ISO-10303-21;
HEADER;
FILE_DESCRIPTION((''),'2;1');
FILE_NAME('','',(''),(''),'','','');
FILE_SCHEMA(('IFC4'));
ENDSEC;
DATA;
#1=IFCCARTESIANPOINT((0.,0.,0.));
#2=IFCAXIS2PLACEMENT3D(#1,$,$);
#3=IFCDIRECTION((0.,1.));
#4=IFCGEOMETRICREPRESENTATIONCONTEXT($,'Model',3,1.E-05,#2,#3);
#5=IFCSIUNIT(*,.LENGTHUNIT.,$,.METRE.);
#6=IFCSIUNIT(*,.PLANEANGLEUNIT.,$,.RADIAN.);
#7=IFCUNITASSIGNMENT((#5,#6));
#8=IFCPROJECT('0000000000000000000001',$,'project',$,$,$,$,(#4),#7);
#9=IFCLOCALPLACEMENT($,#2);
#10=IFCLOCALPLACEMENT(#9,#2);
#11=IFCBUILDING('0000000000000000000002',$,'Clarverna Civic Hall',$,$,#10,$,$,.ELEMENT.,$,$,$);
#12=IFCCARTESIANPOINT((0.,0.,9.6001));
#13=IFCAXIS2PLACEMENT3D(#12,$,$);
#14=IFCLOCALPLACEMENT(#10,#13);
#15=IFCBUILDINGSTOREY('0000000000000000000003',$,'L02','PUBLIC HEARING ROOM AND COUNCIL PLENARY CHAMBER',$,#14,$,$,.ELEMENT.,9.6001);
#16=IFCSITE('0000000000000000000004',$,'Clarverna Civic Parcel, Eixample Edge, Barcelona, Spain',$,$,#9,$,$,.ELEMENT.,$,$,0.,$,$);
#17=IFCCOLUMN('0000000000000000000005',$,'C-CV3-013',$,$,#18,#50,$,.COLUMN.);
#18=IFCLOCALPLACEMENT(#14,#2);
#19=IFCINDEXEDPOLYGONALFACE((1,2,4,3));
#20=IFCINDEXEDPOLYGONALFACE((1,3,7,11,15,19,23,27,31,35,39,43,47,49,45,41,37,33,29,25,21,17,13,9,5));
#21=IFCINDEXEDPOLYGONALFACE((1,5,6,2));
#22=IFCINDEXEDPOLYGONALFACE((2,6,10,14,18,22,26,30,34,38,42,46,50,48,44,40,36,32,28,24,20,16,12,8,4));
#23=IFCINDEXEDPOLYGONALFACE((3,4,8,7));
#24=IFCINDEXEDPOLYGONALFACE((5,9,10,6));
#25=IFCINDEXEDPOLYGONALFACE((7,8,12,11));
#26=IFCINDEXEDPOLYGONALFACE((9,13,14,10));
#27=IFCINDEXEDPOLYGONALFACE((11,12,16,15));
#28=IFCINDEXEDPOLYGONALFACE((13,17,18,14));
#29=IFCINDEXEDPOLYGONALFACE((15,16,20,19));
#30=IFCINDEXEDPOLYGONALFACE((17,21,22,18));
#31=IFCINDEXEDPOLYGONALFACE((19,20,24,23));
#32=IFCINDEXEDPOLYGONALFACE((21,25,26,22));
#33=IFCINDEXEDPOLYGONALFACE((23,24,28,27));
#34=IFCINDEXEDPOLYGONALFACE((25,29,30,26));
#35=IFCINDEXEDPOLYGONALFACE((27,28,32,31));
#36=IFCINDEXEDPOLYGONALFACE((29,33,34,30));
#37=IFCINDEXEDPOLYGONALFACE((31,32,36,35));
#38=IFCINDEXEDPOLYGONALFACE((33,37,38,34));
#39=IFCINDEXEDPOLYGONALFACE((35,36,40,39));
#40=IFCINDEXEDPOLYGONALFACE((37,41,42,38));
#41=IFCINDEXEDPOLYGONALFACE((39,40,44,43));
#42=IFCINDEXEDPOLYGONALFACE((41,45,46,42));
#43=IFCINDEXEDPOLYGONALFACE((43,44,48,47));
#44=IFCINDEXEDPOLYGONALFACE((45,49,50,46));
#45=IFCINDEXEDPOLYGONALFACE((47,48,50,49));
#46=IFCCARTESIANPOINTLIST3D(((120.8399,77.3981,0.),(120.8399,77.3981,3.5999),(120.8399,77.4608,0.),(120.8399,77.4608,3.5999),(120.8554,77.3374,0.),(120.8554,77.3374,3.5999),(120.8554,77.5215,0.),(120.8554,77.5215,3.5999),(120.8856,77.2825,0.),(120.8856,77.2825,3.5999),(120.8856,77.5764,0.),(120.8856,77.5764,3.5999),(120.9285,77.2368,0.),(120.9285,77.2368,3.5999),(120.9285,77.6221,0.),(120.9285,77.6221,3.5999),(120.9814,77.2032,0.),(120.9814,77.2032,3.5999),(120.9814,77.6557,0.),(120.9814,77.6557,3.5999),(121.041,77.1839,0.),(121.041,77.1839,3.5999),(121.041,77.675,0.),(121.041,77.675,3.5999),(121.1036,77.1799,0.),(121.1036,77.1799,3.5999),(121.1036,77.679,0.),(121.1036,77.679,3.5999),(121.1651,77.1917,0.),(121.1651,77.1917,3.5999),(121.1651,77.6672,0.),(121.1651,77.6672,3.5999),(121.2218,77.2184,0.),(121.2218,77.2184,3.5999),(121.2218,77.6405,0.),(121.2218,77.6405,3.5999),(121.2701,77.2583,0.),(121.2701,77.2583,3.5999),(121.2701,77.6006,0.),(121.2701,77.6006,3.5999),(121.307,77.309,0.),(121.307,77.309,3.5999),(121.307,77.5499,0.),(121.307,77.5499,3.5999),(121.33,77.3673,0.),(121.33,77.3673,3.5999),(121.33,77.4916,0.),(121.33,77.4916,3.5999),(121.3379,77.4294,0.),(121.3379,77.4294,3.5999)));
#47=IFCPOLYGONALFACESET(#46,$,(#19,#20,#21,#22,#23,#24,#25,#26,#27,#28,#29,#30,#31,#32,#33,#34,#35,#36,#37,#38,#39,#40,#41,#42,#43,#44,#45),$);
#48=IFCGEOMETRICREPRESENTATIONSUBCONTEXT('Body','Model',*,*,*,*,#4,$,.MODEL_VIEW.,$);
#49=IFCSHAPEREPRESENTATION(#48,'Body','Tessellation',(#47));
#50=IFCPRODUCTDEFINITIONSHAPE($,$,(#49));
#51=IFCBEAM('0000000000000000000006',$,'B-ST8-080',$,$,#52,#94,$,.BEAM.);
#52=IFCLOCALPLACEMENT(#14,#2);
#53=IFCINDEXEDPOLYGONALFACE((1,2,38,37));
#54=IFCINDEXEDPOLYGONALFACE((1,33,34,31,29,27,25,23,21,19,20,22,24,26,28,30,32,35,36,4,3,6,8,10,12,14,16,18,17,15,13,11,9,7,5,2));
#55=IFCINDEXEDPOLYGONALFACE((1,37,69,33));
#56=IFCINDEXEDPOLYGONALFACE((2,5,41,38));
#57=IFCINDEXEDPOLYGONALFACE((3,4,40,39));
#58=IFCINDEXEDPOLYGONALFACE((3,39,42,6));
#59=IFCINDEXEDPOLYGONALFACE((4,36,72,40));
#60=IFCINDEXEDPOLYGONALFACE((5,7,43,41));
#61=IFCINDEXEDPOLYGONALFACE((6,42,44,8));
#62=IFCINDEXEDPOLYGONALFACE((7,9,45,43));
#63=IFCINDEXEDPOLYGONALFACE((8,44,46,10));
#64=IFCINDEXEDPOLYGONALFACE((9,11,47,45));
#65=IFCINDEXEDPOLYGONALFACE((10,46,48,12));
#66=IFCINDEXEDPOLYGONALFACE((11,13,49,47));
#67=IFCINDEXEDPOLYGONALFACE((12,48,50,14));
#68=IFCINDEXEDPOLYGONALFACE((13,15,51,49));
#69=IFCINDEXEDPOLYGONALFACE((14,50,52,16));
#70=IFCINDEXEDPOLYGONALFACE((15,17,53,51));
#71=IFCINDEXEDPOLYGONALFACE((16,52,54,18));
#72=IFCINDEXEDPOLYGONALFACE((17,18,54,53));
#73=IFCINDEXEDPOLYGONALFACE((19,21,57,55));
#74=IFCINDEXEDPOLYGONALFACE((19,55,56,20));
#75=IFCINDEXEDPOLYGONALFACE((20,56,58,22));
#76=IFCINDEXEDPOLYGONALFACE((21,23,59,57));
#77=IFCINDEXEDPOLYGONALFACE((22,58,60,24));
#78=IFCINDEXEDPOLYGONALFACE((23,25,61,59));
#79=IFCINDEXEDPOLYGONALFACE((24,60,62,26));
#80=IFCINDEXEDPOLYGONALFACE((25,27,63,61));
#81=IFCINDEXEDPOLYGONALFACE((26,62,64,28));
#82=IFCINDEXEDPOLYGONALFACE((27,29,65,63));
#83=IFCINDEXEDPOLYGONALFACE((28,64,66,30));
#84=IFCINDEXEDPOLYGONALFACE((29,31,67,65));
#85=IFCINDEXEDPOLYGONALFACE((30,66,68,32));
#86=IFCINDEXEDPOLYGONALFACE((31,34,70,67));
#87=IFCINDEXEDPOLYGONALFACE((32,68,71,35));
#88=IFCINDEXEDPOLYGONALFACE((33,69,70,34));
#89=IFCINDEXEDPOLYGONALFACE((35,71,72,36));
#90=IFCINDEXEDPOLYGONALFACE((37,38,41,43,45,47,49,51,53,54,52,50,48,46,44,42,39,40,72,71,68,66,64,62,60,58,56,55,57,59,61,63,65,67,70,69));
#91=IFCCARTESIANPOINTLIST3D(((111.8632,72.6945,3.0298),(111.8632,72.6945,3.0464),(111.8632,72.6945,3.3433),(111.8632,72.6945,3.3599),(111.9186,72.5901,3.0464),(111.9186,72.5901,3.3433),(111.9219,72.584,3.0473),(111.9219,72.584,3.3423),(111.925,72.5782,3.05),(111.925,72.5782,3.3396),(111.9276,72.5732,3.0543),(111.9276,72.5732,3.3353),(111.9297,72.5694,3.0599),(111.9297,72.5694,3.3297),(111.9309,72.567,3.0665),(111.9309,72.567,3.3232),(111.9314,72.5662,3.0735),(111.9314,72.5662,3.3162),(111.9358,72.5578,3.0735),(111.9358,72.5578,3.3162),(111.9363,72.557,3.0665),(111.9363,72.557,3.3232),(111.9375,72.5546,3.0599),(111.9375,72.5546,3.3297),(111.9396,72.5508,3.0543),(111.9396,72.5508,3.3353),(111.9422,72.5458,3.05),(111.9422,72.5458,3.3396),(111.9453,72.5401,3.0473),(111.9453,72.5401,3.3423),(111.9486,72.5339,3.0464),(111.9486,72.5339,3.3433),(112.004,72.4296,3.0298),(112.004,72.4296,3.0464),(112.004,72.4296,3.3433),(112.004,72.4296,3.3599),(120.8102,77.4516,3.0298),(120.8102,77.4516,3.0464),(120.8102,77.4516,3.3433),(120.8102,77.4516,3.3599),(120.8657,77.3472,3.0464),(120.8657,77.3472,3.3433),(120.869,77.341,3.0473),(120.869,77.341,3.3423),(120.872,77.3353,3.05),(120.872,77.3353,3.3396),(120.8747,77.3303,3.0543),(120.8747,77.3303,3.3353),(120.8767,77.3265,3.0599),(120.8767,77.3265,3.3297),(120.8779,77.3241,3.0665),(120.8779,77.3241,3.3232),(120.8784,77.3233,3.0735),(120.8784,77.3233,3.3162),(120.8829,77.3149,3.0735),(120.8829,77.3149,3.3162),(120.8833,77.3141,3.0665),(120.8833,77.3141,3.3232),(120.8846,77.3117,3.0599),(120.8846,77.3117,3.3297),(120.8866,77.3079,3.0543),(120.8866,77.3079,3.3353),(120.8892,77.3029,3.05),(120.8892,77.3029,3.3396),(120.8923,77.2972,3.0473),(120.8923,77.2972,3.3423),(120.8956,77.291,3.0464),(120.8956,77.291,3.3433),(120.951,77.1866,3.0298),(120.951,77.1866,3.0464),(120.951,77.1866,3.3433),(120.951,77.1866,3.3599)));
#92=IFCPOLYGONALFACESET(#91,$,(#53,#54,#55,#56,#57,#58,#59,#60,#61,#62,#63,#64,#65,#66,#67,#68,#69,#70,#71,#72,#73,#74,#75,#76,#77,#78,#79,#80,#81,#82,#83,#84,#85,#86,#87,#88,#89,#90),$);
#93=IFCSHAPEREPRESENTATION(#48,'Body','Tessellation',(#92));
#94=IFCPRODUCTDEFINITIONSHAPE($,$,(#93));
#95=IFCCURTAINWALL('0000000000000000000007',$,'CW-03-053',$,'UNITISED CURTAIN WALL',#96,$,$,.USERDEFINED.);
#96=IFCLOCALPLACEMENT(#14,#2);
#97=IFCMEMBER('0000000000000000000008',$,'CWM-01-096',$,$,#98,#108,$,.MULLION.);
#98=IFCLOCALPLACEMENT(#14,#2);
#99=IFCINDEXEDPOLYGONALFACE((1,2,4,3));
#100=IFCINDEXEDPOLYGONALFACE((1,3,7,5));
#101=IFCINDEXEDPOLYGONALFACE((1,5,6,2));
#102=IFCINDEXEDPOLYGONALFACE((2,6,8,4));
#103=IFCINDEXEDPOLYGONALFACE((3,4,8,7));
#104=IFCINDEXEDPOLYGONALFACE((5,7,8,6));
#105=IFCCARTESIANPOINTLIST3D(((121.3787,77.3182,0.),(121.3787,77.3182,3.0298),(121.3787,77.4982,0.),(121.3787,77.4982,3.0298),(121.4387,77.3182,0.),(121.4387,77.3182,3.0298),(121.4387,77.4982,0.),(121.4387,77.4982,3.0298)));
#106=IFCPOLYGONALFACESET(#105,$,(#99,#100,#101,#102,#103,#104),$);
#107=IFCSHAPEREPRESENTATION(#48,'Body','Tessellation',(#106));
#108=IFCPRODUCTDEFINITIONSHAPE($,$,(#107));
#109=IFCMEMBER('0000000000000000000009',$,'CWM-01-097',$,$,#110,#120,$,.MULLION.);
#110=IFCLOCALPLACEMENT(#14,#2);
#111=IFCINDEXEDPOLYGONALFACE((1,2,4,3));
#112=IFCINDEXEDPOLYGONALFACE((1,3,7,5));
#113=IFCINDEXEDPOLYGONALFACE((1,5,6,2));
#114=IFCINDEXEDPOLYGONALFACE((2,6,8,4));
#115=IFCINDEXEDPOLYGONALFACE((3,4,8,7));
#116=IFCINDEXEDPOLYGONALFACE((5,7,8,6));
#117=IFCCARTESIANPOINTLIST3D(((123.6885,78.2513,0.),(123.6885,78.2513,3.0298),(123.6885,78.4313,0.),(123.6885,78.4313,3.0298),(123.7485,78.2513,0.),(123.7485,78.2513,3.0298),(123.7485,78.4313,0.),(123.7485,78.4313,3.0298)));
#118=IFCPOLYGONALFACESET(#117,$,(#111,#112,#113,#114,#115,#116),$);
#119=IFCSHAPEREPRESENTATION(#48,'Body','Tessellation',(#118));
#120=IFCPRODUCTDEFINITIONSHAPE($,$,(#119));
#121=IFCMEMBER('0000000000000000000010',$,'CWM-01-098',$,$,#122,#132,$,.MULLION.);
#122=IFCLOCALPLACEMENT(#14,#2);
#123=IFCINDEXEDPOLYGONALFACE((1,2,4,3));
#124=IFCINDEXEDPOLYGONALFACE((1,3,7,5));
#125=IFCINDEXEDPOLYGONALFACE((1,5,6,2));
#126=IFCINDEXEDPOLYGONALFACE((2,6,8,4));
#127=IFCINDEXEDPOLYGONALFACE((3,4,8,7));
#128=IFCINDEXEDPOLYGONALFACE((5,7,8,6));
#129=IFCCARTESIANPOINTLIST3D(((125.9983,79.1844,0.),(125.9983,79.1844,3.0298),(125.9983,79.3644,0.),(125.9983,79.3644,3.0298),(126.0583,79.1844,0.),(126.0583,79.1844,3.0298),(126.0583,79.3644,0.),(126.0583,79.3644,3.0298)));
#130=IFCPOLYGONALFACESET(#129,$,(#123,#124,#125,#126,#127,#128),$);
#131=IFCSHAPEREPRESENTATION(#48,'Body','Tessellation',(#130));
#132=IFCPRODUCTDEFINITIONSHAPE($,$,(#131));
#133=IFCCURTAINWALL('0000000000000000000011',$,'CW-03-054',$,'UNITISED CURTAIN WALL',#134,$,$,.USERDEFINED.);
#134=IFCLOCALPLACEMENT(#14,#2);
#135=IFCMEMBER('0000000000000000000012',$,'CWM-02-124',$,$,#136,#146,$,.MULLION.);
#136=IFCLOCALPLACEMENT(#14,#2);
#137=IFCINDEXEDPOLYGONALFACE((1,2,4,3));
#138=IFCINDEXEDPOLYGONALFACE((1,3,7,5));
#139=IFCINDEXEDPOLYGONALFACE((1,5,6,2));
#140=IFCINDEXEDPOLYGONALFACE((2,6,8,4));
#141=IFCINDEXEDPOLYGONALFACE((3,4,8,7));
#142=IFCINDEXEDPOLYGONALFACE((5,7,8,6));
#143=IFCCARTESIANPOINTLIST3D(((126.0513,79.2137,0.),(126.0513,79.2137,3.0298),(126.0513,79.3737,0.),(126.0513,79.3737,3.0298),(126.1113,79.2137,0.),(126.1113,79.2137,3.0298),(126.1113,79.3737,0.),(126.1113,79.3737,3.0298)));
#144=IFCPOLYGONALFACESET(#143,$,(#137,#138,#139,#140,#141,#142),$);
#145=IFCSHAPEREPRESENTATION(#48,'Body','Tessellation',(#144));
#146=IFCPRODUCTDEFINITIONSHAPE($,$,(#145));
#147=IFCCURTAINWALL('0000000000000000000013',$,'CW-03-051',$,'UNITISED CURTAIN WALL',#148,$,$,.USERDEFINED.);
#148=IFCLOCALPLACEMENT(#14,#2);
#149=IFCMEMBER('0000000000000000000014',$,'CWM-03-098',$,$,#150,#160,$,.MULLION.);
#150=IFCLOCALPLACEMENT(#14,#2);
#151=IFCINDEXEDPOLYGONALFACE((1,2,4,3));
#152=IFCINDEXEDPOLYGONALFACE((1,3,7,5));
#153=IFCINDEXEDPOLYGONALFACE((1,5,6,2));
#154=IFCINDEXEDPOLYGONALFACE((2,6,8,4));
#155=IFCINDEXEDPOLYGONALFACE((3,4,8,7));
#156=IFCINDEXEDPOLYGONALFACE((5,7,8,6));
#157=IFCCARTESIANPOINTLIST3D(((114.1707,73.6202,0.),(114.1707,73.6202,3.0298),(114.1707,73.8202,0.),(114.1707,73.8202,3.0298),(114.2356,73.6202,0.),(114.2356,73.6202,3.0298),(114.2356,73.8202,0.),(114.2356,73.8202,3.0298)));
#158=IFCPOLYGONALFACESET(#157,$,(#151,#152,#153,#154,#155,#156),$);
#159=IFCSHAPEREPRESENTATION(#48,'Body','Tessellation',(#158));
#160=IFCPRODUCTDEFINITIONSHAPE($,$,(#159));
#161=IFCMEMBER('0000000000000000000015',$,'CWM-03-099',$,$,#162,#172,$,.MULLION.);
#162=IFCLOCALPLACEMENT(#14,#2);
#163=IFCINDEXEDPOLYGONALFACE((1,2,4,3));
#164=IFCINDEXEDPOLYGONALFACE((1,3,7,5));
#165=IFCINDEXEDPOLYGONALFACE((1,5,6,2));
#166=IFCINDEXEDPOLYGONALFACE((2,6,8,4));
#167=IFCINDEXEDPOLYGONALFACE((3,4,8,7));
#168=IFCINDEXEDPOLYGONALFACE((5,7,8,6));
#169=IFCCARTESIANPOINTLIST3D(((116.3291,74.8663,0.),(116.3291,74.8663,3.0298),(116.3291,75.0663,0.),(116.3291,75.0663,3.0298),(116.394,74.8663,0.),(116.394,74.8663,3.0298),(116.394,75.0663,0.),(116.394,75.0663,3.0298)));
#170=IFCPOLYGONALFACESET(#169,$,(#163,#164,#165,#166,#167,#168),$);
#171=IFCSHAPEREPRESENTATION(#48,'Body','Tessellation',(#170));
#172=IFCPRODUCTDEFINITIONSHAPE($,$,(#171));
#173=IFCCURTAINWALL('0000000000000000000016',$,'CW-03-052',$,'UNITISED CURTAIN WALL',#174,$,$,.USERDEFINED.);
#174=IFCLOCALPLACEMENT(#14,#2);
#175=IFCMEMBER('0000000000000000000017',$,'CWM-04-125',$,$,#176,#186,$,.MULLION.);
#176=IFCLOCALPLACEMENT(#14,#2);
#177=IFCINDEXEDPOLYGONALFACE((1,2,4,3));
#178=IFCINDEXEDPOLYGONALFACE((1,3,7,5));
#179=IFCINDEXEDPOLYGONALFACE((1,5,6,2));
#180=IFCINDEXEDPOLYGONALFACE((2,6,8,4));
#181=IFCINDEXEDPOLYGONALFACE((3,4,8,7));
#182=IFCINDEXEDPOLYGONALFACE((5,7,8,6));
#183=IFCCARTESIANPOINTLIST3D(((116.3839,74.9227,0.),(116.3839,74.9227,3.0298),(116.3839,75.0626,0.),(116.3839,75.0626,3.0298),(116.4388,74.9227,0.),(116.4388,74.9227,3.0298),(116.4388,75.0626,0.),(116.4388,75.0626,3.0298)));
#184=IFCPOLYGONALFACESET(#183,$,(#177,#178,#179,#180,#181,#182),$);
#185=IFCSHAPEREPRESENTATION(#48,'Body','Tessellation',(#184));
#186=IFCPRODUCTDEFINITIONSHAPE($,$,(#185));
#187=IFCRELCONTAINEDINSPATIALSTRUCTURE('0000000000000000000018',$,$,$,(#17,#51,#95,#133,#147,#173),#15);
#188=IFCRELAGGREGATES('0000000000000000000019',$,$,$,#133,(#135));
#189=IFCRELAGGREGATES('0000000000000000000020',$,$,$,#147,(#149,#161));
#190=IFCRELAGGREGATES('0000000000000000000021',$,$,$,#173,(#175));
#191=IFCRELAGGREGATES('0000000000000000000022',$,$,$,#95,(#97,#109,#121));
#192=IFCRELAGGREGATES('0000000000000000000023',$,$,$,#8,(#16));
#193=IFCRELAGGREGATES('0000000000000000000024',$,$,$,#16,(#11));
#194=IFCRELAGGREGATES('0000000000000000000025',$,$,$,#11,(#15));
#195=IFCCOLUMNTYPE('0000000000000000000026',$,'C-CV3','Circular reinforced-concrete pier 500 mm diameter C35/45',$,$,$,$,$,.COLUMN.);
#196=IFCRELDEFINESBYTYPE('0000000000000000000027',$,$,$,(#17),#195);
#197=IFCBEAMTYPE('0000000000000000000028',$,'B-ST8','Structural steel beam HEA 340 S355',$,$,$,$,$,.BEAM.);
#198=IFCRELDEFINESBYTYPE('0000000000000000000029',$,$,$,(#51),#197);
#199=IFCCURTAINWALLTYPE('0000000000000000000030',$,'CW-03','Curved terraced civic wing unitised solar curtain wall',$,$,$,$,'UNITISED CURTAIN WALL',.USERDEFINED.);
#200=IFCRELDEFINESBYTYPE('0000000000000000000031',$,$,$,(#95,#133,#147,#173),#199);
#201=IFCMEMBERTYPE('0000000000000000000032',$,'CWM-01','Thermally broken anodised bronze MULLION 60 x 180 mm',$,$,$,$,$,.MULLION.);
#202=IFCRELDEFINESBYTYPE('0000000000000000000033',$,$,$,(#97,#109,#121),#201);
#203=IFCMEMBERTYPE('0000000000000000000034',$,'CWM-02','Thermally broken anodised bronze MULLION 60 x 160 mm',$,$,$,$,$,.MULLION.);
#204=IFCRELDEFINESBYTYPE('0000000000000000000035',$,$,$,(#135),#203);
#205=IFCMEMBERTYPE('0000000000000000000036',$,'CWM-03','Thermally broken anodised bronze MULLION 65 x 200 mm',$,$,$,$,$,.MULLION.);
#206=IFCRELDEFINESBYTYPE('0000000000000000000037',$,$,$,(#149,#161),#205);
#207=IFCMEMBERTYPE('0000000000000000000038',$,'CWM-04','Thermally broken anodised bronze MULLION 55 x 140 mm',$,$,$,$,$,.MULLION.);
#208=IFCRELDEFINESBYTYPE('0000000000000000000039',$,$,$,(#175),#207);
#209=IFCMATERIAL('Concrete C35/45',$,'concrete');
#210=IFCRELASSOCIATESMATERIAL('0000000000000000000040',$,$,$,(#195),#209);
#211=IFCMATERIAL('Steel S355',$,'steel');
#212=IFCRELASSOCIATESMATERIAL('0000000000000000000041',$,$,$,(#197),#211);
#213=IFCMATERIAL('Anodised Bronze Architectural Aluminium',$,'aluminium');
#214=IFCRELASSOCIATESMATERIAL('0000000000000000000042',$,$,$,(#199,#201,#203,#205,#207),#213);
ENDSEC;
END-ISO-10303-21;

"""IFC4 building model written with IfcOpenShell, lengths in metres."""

from ifc_helpers import new_model, si_unit, direction, frame, origin, origin_2d, place, context, subcontext, project, spatial, rectangle, circle, i_section, extrude, material, material_profile, profile_set, type_object, element, aggregate, save


model = new_model("IFC4")

# Units and contexts
model_context = context("Model", 3, precision=1e-05, world=origin(), true_north=direction((0.0, 1.0)))
body_context = subcontext(model_context, "Body", "Model", "MODEL_VIEW")
ifc_project = project(units=[si_unit("LENGTHUNIT", "METRE"), si_unit("PLANEANGLEUNIT", "RADIAN")], contexts=[model_context])

# Site, building, storey
site_placement = place(None, origin())
site = spatial("IfcSite", under=ifc_project, at=site_placement, Name="Clarverna Civic Parcel, Eixample Edge, Barcelona, Spain", CompositionType="ELEMENT", RefElevation=0.0)
building_placement = place(site_placement, origin())
building = spatial("IfcBuilding", under=site, at=building_placement, Name="Clarverna Civic Hall", CompositionType="ELEMENT")
storey_placement = place(building_placement, frame((0.0, 0.0, 9.6001)))
storey = spatial("IfcBuildingStorey", under=building, at=storey_placement, Name="L02", Description="PUBLIC HEARING ROOM AND COUNCIL PLENARY CHAMBER", CompositionType="ELEMENT", Elevation=9.6001)

# Column
ifc_material_1 = material(Name="Concrete C35/45", Category="concrete")
ifc_material_profile_1 = material_profile(ifc_material_1, circle(Radius=0.25, at=origin_2d()), Name="RC D500")
ifc_profile_set_1 = profile_set([ifc_material_profile_1], Name="Concrete C35/45")
column_type = type_object("IfcColumnType", Name="C-CV3", Description="Circular reinforced-concrete pier 500 mm diameter C35/45", PredefinedType="COLUMN", material=ifc_profile_set_1)
column_placement = place(storey_placement, frame((121.0879, 77.4294, 0.0), z_axis=(0.0, 0.0, 1.0), x_axis=(1.0, 0.0, 0.0)))
element("IfcColumn", 1, at=column_placement, inside=storey, type_object=column_type, Name="C-CV3-013", PredefinedType="COLUMN", context=body_context, shape_type="SweptSolid", body=[
    extrude(circle(Radius=0.25, at=origin_2d()), origin(), (0.0, 0.0, 1.0), 3.5999),
])

# Beam
ifc_material_2 = material(Name="Steel S355", Category="steel")
ifc_material_profile_2 = material_profile(ifc_material_2, i_section(OverallWidth=0.3, OverallDepth=0.3301, WebThickness=0.0095, FlangeThickness=0.0166, FilletRadius=0.0271, at=origin_2d()), Name="HEA 340")
ifc_profile_set_2 = profile_set([ifc_material_profile_2], Name="Steel S355")
beam_type = type_object("IfcBeamType", Name="B-ST8", Description="Structural steel beam HEA 340 S355", PredefinedType="BEAM", material=ifc_profile_set_2)
beam_placement = place(storey_placement, frame((120.8806, 77.3191, 3.1948), z_axis=(-0.882953, -0.469461, 0.0), x_axis=(0.469461, -0.882953, 0.0)))
element("IfcBeam", 2, at=beam_placement, inside=storey, type_object=beam_type, Name="B-ST8-080", PredefinedType="BEAM", context=body_context, shape_type="SweptSolid", body=[
    extrude(i_section(OverallWidth=0.3, OverallDepth=0.3301, WebThickness=0.0095, FlangeThickness=0.0166, FilletRadius=0.0271, at=origin_2d()), origin(), (0.0, 0.0, 1.0), 10.1331),
])

# Curtain wall, members
ifc_material_3 = material(Name="Anodised Bronze Architectural Aluminium", Category="aluminium")
curtain_wall_type = type_object("IfcCurtainWallType", Name="CW-03", Description="Curved terraced civic wing unitised solar curtain wall", ElementType="UNITISED CURTAIN WALL", PredefinedType="USERDEFINED", material=ifc_material_3)
curtain_wall_1_placement = place(storey_placement, origin())
curtain_wall_1 = element("IfcCurtainWall", 3, at=curtain_wall_1_placement, inside=storey, type_object=curtain_wall_type, Name="CW-03-053", ObjectType="UNITISED CURTAIN WALL", PredefinedType="USERDEFINED")
ifc_material_profile_3 = material_profile(ifc_material_3, rectangle(XDim=0.0601, YDim=0.1799, at=origin_2d()), Name="BRONZE 60x180")
ifc_profile_set_3 = profile_set([ifc_material_profile_3], Name="Anodised Bronze Architectural Aluminium")
member_type_1 = type_object("IfcMemberType", Name="CWM-01", Description="Thermally broken anodised bronze MULLION 60 x 180 mm", PredefinedType="MULLION", material=ifc_profile_set_3)
member_1_placement = place(storey_placement, frame((121.4087, 77.4082, 0.0), z_axis=(0.0, 0.0, 1.0), x_axis=(1.0, 0.0, 0.0)))
member_1 = element("IfcMember", 4, at=member_1_placement, type_object=member_type_1, Name="CWM-01-096", PredefinedType="MULLION", context=body_context, shape_type="SweptSolid", body=[
    extrude(rectangle(XDim=0.0601, YDim=0.1799, at=origin_2d()), origin(), (0.0, 0.0, 1.0), 3.0298),
])
member_2_placement = place(storey_placement, frame((123.7185, 78.3413, 0.0), z_axis=(0.0, 0.0, 1.0), x_axis=(1.0, 0.0, 0.0)))
member_2 = element("IfcMember", 5, at=member_2_placement, type_object=member_type_1, Name="CWM-01-097", PredefinedType="MULLION", context=body_context, shape_type="SweptSolid", body=[
    extrude(rectangle(XDim=0.0601, YDim=0.1799, at=origin_2d()), origin(), (0.0, 0.0, 1.0), 3.0298),
])
member_3_placement = place(storey_placement, frame((126.0283, 79.2744, 0.0), z_axis=(0.0, 0.0, 1.0), x_axis=(1.0, 0.0, 0.0)))
member_3 = element("IfcMember", 6, at=member_3_placement, type_object=member_type_1, Name="CWM-01-098", PredefinedType="MULLION", context=body_context, shape_type="SweptSolid", body=[
    extrude(rectangle(XDim=0.0601, YDim=0.1799, at=origin_2d()), origin(), (0.0, 0.0, 1.0), 3.0298),
])

# Curtain wall, member
curtain_wall_2_placement = place(storey_placement, origin())
curtain_wall_2 = element("IfcCurtainWall", 7, at=curtain_wall_2_placement, inside=storey, type_object=curtain_wall_type, Name="CW-03-054", ObjectType="UNITISED CURTAIN WALL", PredefinedType="USERDEFINED")
ifc_material_profile_4 = material_profile(ifc_material_3, rectangle(XDim=0.0601, YDim=0.1599, at=origin_2d()), Name="BRONZE 60x160")
ifc_profile_set_4 = profile_set([ifc_material_profile_4], Name="Anodised Bronze Architectural Aluminium")
member_type_2 = type_object("IfcMemberType", Name="CWM-02", Description="Thermally broken anodised bronze MULLION 60 x 160 mm", PredefinedType="MULLION", material=ifc_profile_set_4)
member_4_placement = place(storey_placement, frame((126.0813, 79.2937, 0.0), z_axis=(0.0, 0.0, 1.0), x_axis=(1.0, 0.0, 0.0)))
member_4 = element("IfcMember", 8, at=member_4_placement, type_object=member_type_2, Name="CWM-02-124", PredefinedType="MULLION", context=body_context, shape_type="SweptSolid", body=[
    extrude(rectangle(XDim=0.0601, YDim=0.1599, at=origin_2d()), origin(), (0.0, 0.0, 1.0), 3.0298),
])

# Curtain walls, members
curtain_wall_3_placement = place(storey_placement, origin())
curtain_wall_3 = element("IfcCurtainWall", 9, at=curtain_wall_3_placement, inside=storey, type_object=curtain_wall_type, Name="CW-03-051", ObjectType="UNITISED CURTAIN WALL", PredefinedType="USERDEFINED")
ifc_material_profile_5 = material_profile(ifc_material_3, rectangle(XDim=0.0649, YDim=0.2, at=origin_2d()), Name="BRONZE 65x200")
ifc_profile_set_5 = profile_set([ifc_material_profile_5], Name="Anodised Bronze Architectural Aluminium")
member_type_3 = type_object("IfcMemberType", Name="CWM-03", Description="Thermally broken anodised bronze MULLION 65 x 200 mm", PredefinedType="MULLION", material=ifc_profile_set_5)
member_5_placement = place(storey_placement, frame((114.2031, 73.7202, 0.0), z_axis=(0.0, 0.0, 1.0), x_axis=(1.0, 0.0, 0.0)))
member_5 = element("IfcMember", 10, at=member_5_placement, type_object=member_type_3, Name="CWM-03-098", PredefinedType="MULLION", context=body_context, shape_type="SweptSolid", body=[
    extrude(rectangle(XDim=0.0649, YDim=0.2, at=origin_2d()), origin(), (0.0, 0.0, 1.0), 3.0298),
])
member_6_placement = place(storey_placement, frame((116.3616, 74.9663, 0.0), z_axis=(0.0, 0.0, 1.0), x_axis=(1.0, 0.0, 0.0)))
member_6 = element("IfcMember", 11, at=member_6_placement, type_object=member_type_3, Name="CWM-03-099", PredefinedType="MULLION", context=body_context, shape_type="SweptSolid", body=[
    extrude(rectangle(XDim=0.0649, YDim=0.2, at=origin_2d()), origin(), (0.0, 0.0, 1.0), 3.0298),
])
curtain_wall_4_placement = place(storey_placement, origin())
curtain_wall_4 = element("IfcCurtainWall", 12, at=curtain_wall_4_placement, inside=storey, type_object=curtain_wall_type, Name="CW-03-052", ObjectType="UNITISED CURTAIN WALL", PredefinedType="USERDEFINED")
ifc_material_profile_6 = material_profile(ifc_material_3, rectangle(XDim=0.0549, YDim=0.1399, at=origin_2d()), Name="BRONZE 55x140")
ifc_profile_set_6 = profile_set([ifc_material_profile_6], Name="Anodised Bronze Architectural Aluminium")
member_type_4 = type_object("IfcMemberType", Name="CWM-04", Description="Thermally broken anodised bronze MULLION 55 x 140 mm", PredefinedType="MULLION", material=ifc_profile_set_6)
member_7_placement = place(storey_placement, frame((116.4114, 74.9927, 0.0), z_axis=(0.0, 0.0, 1.0), x_axis=(1.0, 0.0, 0.0)))
member_7 = element("IfcMember", 13, at=member_7_placement, type_object=member_type_4, Name="CWM-04-125", PredefinedType="MULLION", context=body_context, shape_type="SweptSolid", body=[
    extrude(rectangle(XDim=0.0549, YDim=0.1399, at=origin_2d()), origin(), (0.0, 0.0, 1.0), 3.0298),
])

aggregate(curtain_wall_2, [member_4])

aggregate(curtain_wall_3, [member_5, member_6])
aggregate(curtain_wall_4, [member_7])
aggregate(curtain_wall_1, [member_1, member_2, member_3])

save(model, "model.ifc")
